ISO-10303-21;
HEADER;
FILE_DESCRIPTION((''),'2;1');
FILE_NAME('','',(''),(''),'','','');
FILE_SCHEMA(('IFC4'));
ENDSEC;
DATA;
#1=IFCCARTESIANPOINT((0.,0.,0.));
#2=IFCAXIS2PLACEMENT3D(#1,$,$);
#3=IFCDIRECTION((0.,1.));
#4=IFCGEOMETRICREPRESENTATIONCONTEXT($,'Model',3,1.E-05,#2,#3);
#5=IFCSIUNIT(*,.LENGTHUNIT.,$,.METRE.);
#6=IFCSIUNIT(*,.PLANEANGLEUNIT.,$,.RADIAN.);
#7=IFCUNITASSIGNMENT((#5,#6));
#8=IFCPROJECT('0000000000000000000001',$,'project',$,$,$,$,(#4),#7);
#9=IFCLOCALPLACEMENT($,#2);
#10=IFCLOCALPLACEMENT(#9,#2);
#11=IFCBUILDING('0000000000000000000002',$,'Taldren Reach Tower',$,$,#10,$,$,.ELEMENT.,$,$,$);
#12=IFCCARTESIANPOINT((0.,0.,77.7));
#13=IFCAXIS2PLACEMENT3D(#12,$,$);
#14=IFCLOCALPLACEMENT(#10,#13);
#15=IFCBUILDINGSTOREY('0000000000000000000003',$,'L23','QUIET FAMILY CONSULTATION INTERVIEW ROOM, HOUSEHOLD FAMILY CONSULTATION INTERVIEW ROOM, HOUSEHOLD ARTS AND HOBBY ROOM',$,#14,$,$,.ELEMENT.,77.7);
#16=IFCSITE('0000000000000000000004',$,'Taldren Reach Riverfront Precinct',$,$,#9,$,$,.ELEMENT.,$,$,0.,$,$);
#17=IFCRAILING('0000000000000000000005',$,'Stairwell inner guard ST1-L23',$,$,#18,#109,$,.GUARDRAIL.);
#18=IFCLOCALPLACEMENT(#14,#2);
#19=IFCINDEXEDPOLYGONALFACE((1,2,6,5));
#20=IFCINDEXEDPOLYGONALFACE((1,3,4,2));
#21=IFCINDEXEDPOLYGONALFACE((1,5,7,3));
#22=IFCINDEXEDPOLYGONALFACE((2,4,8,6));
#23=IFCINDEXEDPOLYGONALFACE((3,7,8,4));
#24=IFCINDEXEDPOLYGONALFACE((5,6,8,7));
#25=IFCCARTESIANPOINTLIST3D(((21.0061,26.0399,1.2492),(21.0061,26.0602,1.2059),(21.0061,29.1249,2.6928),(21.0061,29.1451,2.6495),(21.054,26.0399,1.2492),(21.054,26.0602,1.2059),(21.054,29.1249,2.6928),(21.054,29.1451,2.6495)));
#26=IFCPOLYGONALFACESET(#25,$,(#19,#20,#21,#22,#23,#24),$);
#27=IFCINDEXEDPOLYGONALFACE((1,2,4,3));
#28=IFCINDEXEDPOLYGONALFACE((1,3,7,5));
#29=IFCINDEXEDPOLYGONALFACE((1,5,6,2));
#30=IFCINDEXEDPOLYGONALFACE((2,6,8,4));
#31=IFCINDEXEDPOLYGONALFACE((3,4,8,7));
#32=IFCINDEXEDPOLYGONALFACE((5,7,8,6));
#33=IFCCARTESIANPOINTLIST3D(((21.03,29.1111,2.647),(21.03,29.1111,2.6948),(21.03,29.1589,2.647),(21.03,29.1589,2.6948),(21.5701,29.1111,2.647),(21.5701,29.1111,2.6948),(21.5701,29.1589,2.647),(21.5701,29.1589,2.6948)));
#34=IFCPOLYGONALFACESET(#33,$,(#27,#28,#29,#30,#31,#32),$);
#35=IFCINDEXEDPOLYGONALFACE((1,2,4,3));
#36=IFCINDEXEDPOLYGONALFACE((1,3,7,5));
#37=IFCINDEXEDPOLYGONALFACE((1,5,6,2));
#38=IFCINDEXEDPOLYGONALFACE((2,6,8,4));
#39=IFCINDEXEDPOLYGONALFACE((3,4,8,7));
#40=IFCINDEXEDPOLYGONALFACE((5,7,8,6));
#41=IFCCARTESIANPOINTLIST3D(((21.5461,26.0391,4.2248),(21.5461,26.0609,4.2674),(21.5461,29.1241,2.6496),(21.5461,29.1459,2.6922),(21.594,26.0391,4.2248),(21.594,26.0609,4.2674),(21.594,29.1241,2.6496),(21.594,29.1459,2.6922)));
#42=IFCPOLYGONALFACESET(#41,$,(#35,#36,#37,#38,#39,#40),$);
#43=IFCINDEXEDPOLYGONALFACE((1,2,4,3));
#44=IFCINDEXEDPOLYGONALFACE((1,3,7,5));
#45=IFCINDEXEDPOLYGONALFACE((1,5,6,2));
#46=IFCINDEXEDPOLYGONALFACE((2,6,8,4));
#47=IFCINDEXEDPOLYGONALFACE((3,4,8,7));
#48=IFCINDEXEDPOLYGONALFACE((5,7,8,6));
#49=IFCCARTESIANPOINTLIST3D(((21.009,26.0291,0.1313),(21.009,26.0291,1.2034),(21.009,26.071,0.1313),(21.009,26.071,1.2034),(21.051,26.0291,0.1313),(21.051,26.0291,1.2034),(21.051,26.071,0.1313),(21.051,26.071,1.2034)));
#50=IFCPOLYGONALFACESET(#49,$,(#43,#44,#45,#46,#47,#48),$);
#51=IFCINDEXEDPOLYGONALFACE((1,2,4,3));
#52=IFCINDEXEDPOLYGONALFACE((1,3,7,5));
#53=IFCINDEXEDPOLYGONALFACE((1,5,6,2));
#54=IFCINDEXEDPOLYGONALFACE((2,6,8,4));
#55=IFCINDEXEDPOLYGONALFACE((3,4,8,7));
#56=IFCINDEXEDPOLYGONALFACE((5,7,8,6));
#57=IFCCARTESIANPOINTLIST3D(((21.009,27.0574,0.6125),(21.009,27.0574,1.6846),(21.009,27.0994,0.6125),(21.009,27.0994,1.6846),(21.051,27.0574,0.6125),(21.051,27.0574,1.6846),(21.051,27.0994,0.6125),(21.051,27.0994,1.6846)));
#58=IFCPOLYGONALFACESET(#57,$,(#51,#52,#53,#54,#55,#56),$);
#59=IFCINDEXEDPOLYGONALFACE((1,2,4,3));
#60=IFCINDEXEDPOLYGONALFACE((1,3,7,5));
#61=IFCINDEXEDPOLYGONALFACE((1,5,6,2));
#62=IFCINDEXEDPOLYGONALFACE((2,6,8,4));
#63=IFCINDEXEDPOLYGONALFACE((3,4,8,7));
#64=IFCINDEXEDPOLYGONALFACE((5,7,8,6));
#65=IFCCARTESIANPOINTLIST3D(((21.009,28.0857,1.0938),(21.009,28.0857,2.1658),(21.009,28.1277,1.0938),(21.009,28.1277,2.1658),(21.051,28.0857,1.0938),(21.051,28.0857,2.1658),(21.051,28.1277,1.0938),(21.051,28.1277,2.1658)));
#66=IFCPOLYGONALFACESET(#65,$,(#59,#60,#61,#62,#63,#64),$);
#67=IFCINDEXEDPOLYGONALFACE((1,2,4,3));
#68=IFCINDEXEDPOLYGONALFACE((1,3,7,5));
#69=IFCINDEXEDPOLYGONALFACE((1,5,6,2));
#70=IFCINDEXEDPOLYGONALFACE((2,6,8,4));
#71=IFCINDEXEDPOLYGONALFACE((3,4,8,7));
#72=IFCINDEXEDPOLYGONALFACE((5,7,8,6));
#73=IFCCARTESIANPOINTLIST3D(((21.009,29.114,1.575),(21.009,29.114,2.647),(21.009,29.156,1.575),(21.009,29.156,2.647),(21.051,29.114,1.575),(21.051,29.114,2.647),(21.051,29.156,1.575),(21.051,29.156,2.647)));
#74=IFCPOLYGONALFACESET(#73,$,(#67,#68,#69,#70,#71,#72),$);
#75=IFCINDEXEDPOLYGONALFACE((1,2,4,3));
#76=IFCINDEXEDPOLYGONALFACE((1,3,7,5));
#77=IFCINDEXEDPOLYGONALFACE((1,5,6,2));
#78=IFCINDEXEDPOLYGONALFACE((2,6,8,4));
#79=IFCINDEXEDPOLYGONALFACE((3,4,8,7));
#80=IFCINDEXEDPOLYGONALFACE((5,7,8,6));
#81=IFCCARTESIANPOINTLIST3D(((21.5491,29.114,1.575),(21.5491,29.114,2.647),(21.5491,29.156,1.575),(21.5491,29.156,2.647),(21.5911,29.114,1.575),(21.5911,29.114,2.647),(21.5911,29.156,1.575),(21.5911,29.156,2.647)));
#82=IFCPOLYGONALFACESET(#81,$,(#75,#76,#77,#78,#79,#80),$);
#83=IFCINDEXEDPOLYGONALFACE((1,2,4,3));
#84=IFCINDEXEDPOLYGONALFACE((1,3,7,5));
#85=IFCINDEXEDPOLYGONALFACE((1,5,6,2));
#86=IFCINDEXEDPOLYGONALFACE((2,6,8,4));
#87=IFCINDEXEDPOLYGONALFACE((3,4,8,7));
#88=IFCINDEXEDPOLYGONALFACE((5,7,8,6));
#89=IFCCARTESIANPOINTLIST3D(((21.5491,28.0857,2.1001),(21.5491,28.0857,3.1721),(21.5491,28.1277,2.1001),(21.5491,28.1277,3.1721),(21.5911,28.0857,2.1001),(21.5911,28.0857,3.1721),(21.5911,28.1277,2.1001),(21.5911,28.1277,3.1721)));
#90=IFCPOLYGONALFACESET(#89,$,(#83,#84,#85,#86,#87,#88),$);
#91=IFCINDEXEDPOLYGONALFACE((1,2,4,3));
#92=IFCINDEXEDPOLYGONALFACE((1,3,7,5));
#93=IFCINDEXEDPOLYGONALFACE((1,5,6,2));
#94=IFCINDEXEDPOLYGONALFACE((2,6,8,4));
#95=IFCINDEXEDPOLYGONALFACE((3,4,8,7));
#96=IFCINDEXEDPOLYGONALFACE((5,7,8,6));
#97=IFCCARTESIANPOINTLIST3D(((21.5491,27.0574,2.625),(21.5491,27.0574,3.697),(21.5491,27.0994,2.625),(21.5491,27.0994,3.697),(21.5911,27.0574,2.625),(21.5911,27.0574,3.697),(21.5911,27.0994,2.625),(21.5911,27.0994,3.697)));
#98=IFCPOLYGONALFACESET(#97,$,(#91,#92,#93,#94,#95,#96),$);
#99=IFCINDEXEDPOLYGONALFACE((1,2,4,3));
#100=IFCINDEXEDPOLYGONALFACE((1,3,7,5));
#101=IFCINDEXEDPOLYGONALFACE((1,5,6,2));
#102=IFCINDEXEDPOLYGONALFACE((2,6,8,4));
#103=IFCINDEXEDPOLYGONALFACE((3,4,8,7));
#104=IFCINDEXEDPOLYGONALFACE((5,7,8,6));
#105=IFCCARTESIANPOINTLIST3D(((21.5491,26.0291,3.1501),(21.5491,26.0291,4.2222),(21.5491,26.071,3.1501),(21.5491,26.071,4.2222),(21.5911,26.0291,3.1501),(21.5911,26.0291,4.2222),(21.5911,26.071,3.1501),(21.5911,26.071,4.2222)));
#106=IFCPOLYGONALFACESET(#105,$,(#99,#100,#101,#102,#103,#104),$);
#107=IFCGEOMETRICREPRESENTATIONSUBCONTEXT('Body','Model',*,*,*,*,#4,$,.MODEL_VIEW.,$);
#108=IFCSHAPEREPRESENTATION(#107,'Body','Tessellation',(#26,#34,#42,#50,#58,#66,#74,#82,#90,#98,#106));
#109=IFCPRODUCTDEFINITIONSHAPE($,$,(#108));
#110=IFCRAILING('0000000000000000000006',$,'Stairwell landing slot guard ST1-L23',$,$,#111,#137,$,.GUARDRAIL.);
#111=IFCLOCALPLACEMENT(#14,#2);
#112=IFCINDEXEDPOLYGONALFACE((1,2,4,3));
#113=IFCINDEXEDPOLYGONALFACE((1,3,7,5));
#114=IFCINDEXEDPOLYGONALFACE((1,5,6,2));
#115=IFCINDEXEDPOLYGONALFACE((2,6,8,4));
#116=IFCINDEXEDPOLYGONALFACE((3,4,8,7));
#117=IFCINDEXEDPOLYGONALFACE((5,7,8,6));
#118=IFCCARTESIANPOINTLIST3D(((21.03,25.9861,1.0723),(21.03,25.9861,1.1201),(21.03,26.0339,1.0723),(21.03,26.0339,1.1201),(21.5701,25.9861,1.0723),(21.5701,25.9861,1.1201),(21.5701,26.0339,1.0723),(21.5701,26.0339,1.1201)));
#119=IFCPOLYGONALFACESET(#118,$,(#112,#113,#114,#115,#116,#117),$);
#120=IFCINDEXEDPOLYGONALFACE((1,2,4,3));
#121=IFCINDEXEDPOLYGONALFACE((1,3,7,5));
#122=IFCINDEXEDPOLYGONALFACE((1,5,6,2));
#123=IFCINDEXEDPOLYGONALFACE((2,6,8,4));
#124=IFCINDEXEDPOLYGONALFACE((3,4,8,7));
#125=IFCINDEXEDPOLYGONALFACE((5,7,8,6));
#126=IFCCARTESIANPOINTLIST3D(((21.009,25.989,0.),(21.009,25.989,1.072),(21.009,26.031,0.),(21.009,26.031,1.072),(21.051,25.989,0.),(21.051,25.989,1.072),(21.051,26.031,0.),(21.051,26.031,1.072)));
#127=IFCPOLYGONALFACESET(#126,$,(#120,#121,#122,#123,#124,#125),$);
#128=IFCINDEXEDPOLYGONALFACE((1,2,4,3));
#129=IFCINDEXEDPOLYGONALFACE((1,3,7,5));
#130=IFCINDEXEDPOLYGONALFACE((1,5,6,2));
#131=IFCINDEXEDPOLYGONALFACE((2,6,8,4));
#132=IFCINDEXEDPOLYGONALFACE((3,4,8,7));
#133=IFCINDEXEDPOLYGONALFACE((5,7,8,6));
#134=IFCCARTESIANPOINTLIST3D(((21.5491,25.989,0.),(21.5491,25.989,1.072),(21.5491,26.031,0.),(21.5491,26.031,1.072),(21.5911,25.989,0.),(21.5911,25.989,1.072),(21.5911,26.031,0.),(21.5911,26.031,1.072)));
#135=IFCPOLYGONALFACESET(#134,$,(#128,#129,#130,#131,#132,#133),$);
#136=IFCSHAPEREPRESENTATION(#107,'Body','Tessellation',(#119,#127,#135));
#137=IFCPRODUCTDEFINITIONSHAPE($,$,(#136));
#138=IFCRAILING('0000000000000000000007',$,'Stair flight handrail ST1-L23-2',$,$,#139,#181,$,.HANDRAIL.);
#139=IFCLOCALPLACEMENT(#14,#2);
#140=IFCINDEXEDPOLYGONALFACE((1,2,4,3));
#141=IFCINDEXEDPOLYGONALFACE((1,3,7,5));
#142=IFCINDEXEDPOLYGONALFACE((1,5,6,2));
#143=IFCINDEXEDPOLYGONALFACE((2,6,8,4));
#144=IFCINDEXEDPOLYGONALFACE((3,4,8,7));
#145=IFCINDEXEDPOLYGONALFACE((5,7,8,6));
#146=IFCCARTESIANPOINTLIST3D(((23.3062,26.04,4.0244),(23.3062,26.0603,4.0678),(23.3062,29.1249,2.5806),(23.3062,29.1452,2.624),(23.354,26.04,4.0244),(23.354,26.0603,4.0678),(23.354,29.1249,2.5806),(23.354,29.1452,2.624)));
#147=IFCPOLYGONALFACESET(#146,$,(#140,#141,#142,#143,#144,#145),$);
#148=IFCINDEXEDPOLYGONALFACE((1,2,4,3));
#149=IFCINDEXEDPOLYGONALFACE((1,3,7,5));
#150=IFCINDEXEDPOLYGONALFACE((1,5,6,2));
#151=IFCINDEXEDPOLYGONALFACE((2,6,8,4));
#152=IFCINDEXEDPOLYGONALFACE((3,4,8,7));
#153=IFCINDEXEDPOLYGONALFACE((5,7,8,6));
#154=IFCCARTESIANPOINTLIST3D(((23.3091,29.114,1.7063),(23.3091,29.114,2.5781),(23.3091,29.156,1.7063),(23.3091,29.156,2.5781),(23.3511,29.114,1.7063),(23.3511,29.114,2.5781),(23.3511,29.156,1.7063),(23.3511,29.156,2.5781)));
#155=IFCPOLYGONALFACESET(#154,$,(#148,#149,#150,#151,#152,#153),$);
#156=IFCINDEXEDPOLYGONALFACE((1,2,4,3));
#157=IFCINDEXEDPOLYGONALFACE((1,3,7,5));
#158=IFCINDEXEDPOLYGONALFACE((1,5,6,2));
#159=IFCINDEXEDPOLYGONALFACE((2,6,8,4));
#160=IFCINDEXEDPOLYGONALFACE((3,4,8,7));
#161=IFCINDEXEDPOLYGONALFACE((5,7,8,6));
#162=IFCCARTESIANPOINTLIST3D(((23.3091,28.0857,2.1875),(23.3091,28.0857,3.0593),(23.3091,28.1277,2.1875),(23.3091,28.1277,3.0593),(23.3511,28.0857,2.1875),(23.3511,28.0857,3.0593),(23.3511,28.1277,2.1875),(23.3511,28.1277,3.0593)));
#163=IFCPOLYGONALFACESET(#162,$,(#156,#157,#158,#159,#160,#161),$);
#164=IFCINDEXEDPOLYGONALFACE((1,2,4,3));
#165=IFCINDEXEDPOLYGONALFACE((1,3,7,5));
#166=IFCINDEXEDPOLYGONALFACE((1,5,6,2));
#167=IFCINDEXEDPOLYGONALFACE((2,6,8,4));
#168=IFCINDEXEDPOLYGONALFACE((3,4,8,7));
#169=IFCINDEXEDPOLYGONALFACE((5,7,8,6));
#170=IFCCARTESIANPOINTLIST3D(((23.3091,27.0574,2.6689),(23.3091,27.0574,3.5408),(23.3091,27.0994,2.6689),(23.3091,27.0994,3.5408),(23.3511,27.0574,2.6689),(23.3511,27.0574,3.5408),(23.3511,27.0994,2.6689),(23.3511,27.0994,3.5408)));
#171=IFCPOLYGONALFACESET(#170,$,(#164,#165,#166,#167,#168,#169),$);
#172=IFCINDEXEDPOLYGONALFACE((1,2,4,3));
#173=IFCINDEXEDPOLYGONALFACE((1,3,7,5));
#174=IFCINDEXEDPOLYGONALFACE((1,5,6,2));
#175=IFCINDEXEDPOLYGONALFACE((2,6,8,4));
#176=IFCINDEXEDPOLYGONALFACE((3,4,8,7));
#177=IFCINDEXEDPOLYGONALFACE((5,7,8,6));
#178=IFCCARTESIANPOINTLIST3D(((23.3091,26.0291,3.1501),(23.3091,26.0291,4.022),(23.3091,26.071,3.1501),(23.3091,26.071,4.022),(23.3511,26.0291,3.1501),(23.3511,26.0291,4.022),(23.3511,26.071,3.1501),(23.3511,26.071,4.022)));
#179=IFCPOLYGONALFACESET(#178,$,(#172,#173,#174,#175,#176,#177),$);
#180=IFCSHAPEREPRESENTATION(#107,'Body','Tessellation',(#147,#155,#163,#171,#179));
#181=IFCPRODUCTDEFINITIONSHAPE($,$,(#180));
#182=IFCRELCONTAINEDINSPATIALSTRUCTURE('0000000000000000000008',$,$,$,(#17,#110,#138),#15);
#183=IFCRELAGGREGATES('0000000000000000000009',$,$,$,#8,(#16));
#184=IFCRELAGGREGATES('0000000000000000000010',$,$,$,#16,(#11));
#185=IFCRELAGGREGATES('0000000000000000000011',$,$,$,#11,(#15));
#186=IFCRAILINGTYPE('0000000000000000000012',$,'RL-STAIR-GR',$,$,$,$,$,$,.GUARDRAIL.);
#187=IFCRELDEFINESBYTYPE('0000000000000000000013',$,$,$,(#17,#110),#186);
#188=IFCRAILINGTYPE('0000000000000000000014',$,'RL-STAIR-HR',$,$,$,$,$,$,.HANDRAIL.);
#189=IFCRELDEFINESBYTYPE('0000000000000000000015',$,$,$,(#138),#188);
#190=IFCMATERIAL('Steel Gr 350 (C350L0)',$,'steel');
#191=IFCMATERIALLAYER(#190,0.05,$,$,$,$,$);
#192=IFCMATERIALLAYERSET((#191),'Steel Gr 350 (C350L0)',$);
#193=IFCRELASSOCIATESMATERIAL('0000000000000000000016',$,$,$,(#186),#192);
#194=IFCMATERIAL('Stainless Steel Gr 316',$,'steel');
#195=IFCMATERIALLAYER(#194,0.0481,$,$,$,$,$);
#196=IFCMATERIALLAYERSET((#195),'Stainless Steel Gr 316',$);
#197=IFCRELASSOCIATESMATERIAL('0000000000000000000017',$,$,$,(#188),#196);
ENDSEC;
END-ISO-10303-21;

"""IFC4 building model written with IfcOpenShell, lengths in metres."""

from ifc_helpers import new_model, si_unit, direction, frame, origin, origin_2d, place, context, subcontext, project, spatial, rectangle, extrude, material, layer, layer_set, type_object, element, save


model = new_model("IFC4")

# Units and contexts
model_context = context("Model", 3, precision=1e-05, world=origin(), true_north=direction((0.0, 1.0)))
body_context = subcontext(model_context, "Body", "Model", "MODEL_VIEW")
ifc_project = project(units=[si_unit("LENGTHUNIT", "METRE"), si_unit("PLANEANGLEUNIT", "RADIAN")], contexts=[model_context])

# Site, building, storey
site_placement = place(None, origin())
site = spatial("IfcSite", under=ifc_project, at=site_placement, Name="Taldren Reach Riverfront Precinct", CompositionType="ELEMENT", RefElevation=0.0)
building_placement = place(site_placement, origin())
building = spatial("IfcBuilding", under=site, at=building_placement, Name="Taldren Reach Tower", CompositionType="ELEMENT")
storey_placement = place(building_placement, frame((0.0, 0.0, 77.7)))
storey = spatial("IfcBuildingStorey", under=building, at=storey_placement, Name="L23", Description="QUIET FAMILY CONSULTATION INTERVIEW ROOM, HOUSEHOLD FAMILY CONSULTATION INTERVIEW ROOM, HOUSEHOLD ARTS AND HOBBY ROOM", CompositionType="ELEMENT", Elevation=77.7)

# Railings
ifc_material_1 = material(Name="Steel Gr 350 (C350L0)", Category="steel")
ifc_layer_1 = layer(ifc_material_1, 0.05)
ifc_layer_set_1 = layer_set([ifc_layer_1], Name="Steel Gr 350 (C350L0)")
railing_type_1 = type_object("IfcRailingType", Name="RL-STAIR-GR", PredefinedType="GUARDRAIL", material=ifc_layer_set_1)
railing_1_placement = place(storey_placement, frame((21.03, 26.05, 0.1313)))
element("IfcRailing", 1, at=railing_1_placement, inside=storey, type_object=railing_type_1, Name="Stairwell inner guard ST1-L23", PredefinedType="GUARDRAIL", context=body_context, shape_type="SweptSolid", body=[
    extrude(rectangle(XDim=0.0479, YDim=0.0479, at=origin_2d()), frame((0.0, 0.0, 1.0962), z_axis=(0.0, 0.905738, 0.423839), x_axis=(-1.0, 0.0, 0.0)), (0.0, 0.0, 1.0), 3.406),
    extrude(rectangle(XDim=0.0479, YDim=0.0479, at=origin_2d()), frame((0.0, 3.085, 2.5396), z_axis=(1.0, 0.0, 0.0), x_axis=(0.0, 1.0, 0.0)), (0.0, 0.0, 1.0), 0.54),
    extrude(rectangle(XDim=0.0479, YDim=0.0479, at=origin_2d()), frame((0.54, 3.085, 2.5396), z_axis=(0.0, -0.890617, 0.454753), x_axis=(1.0, 0.0, 0.0)), (0.0, 0.0, 1.0), 3.4639),
    extrude(rectangle(XDim=0.042, YDim=0.042, at=origin_2d()), origin(), (0.0, 0.0, 1.0), 1.072),
    extrude(rectangle(XDim=0.042, YDim=0.042, at=origin_2d()), frame((0.0, 1.0283, 0.4812)), (0.0, 0.0, 1.0), 1.072),
    extrude(rectangle(XDim=0.042, YDim=0.042, at=origin_2d()), frame((0.0, 2.0566, 0.9624)), (0.0, 0.0, 1.0), 1.072),
    extrude(rectangle(XDim=0.042, YDim=0.042, at=origin_2d()), frame((0.0, 3.085, 1.4436)), (0.0, 0.0, 1.0), 1.072),
    extrude(rectangle(XDim=0.042, YDim=0.042, at=origin_2d()), frame((0.54, 3.085, 1.4436)), (0.0, 0.0, 1.0), 1.072),
    extrude(rectangle(XDim=0.042, YDim=0.042, at=origin_2d()), frame((0.54, 2.0566, 1.9688)), (0.0, 0.0, 1.0), 1.072),
    extrude(rectangle(XDim=0.042, YDim=0.042, at=origin_2d()), frame((0.54, 1.0283, 2.4937)), (0.0, 0.0, 1.0), 1.072),
    extrude(rectangle(XDim=0.042, YDim=0.042, at=origin_2d()), frame((0.54, 0.0, 3.0188)), (0.0, 0.0, 1.0), 1.072),
])
railing_2_placement = place(storey_placement, frame((21.03, 26.01, 0.0)))
element("IfcRailing", 2, at=railing_2_placement, inside=storey, type_object=railing_type_1, Name="Stairwell landing slot guard ST1-L23", PredefinedType="GUARDRAIL", context=body_context, shape_type="SweptSolid", body=[
    extrude(rectangle(XDim=0.0479, YDim=0.0479, at=origin_2d()), frame((0.0, 0.0, 1.0962), z_axis=(1.0, 0.0, 0.0), x_axis=(0.0, 1.0, 0.0)), (0.0, 0.0, 1.0), 0.54),
    extrude(rectangle(XDim=0.042, YDim=0.042, at=origin_2d()), origin(), (0.0, 0.0, 1.0), 1.072),
    extrude(rectangle(XDim=0.042, YDim=0.042, at=origin_2d()), frame((0.54, 0.0, 0.0)), (0.0, 0.0, 1.0), 1.072),
])
ifc_material_2 = material(Name="Stainless Steel Gr 316", Category="steel")
ifc_layer_2 = layer(ifc_material_2, 0.0481)
ifc_layer_set_2 = layer_set([ifc_layer_2], Name="Stainless Steel Gr 316")
railing_type_2 = type_object("IfcRailingType", Name="RL-STAIR-HR", PredefinedType="HANDRAIL", material=ifc_layer_set_2)
railing_3_placement = place(storey_placement, frame((23.3301, 29.135, 1.7063)))
element("IfcRailing", 3, at=railing_3_placement, inside=storey, type_object=railing_type_2, Name="Stair flight handrail ST1-L23-2", PredefinedType="HANDRAIL", context=body_context, shape_type="SweptSolid", body=[
    extrude(rectangle(XDim=0.0479, YDim=0.0479, at=origin_2d()), frame((0.0, 0.0, 0.896), z_axis=(0.0, -0.90571, 0.423898), x_axis=(1.0, 0.0, 0.0)), (0.0, 0.0, 1.0), 3.406),
    extrude(rectangle(XDim=0.042, YDim=0.042, at=origin_2d()), origin(), (0.0, 0.0, 1.0), 0.8718),
    extrude(rectangle(XDim=0.042, YDim=0.042, at=origin_2d()), frame((0.0, -1.0283, 0.4812)), (0.0, 0.0, 1.0), 0.8718),
    extrude(rectangle(XDim=0.042, YDim=0.042, at=origin_2d()), frame((0.0, -2.0566, 0.9626)), (0.0, 0.0, 1.0), 0.8718),
    extrude(rectangle(XDim=0.042, YDim=0.042, at=origin_2d()), frame((0.0, -3.085, 1.4438)), (0.0, 0.0, 1.0), 0.8718),
])

save(model, "model.ifc")
